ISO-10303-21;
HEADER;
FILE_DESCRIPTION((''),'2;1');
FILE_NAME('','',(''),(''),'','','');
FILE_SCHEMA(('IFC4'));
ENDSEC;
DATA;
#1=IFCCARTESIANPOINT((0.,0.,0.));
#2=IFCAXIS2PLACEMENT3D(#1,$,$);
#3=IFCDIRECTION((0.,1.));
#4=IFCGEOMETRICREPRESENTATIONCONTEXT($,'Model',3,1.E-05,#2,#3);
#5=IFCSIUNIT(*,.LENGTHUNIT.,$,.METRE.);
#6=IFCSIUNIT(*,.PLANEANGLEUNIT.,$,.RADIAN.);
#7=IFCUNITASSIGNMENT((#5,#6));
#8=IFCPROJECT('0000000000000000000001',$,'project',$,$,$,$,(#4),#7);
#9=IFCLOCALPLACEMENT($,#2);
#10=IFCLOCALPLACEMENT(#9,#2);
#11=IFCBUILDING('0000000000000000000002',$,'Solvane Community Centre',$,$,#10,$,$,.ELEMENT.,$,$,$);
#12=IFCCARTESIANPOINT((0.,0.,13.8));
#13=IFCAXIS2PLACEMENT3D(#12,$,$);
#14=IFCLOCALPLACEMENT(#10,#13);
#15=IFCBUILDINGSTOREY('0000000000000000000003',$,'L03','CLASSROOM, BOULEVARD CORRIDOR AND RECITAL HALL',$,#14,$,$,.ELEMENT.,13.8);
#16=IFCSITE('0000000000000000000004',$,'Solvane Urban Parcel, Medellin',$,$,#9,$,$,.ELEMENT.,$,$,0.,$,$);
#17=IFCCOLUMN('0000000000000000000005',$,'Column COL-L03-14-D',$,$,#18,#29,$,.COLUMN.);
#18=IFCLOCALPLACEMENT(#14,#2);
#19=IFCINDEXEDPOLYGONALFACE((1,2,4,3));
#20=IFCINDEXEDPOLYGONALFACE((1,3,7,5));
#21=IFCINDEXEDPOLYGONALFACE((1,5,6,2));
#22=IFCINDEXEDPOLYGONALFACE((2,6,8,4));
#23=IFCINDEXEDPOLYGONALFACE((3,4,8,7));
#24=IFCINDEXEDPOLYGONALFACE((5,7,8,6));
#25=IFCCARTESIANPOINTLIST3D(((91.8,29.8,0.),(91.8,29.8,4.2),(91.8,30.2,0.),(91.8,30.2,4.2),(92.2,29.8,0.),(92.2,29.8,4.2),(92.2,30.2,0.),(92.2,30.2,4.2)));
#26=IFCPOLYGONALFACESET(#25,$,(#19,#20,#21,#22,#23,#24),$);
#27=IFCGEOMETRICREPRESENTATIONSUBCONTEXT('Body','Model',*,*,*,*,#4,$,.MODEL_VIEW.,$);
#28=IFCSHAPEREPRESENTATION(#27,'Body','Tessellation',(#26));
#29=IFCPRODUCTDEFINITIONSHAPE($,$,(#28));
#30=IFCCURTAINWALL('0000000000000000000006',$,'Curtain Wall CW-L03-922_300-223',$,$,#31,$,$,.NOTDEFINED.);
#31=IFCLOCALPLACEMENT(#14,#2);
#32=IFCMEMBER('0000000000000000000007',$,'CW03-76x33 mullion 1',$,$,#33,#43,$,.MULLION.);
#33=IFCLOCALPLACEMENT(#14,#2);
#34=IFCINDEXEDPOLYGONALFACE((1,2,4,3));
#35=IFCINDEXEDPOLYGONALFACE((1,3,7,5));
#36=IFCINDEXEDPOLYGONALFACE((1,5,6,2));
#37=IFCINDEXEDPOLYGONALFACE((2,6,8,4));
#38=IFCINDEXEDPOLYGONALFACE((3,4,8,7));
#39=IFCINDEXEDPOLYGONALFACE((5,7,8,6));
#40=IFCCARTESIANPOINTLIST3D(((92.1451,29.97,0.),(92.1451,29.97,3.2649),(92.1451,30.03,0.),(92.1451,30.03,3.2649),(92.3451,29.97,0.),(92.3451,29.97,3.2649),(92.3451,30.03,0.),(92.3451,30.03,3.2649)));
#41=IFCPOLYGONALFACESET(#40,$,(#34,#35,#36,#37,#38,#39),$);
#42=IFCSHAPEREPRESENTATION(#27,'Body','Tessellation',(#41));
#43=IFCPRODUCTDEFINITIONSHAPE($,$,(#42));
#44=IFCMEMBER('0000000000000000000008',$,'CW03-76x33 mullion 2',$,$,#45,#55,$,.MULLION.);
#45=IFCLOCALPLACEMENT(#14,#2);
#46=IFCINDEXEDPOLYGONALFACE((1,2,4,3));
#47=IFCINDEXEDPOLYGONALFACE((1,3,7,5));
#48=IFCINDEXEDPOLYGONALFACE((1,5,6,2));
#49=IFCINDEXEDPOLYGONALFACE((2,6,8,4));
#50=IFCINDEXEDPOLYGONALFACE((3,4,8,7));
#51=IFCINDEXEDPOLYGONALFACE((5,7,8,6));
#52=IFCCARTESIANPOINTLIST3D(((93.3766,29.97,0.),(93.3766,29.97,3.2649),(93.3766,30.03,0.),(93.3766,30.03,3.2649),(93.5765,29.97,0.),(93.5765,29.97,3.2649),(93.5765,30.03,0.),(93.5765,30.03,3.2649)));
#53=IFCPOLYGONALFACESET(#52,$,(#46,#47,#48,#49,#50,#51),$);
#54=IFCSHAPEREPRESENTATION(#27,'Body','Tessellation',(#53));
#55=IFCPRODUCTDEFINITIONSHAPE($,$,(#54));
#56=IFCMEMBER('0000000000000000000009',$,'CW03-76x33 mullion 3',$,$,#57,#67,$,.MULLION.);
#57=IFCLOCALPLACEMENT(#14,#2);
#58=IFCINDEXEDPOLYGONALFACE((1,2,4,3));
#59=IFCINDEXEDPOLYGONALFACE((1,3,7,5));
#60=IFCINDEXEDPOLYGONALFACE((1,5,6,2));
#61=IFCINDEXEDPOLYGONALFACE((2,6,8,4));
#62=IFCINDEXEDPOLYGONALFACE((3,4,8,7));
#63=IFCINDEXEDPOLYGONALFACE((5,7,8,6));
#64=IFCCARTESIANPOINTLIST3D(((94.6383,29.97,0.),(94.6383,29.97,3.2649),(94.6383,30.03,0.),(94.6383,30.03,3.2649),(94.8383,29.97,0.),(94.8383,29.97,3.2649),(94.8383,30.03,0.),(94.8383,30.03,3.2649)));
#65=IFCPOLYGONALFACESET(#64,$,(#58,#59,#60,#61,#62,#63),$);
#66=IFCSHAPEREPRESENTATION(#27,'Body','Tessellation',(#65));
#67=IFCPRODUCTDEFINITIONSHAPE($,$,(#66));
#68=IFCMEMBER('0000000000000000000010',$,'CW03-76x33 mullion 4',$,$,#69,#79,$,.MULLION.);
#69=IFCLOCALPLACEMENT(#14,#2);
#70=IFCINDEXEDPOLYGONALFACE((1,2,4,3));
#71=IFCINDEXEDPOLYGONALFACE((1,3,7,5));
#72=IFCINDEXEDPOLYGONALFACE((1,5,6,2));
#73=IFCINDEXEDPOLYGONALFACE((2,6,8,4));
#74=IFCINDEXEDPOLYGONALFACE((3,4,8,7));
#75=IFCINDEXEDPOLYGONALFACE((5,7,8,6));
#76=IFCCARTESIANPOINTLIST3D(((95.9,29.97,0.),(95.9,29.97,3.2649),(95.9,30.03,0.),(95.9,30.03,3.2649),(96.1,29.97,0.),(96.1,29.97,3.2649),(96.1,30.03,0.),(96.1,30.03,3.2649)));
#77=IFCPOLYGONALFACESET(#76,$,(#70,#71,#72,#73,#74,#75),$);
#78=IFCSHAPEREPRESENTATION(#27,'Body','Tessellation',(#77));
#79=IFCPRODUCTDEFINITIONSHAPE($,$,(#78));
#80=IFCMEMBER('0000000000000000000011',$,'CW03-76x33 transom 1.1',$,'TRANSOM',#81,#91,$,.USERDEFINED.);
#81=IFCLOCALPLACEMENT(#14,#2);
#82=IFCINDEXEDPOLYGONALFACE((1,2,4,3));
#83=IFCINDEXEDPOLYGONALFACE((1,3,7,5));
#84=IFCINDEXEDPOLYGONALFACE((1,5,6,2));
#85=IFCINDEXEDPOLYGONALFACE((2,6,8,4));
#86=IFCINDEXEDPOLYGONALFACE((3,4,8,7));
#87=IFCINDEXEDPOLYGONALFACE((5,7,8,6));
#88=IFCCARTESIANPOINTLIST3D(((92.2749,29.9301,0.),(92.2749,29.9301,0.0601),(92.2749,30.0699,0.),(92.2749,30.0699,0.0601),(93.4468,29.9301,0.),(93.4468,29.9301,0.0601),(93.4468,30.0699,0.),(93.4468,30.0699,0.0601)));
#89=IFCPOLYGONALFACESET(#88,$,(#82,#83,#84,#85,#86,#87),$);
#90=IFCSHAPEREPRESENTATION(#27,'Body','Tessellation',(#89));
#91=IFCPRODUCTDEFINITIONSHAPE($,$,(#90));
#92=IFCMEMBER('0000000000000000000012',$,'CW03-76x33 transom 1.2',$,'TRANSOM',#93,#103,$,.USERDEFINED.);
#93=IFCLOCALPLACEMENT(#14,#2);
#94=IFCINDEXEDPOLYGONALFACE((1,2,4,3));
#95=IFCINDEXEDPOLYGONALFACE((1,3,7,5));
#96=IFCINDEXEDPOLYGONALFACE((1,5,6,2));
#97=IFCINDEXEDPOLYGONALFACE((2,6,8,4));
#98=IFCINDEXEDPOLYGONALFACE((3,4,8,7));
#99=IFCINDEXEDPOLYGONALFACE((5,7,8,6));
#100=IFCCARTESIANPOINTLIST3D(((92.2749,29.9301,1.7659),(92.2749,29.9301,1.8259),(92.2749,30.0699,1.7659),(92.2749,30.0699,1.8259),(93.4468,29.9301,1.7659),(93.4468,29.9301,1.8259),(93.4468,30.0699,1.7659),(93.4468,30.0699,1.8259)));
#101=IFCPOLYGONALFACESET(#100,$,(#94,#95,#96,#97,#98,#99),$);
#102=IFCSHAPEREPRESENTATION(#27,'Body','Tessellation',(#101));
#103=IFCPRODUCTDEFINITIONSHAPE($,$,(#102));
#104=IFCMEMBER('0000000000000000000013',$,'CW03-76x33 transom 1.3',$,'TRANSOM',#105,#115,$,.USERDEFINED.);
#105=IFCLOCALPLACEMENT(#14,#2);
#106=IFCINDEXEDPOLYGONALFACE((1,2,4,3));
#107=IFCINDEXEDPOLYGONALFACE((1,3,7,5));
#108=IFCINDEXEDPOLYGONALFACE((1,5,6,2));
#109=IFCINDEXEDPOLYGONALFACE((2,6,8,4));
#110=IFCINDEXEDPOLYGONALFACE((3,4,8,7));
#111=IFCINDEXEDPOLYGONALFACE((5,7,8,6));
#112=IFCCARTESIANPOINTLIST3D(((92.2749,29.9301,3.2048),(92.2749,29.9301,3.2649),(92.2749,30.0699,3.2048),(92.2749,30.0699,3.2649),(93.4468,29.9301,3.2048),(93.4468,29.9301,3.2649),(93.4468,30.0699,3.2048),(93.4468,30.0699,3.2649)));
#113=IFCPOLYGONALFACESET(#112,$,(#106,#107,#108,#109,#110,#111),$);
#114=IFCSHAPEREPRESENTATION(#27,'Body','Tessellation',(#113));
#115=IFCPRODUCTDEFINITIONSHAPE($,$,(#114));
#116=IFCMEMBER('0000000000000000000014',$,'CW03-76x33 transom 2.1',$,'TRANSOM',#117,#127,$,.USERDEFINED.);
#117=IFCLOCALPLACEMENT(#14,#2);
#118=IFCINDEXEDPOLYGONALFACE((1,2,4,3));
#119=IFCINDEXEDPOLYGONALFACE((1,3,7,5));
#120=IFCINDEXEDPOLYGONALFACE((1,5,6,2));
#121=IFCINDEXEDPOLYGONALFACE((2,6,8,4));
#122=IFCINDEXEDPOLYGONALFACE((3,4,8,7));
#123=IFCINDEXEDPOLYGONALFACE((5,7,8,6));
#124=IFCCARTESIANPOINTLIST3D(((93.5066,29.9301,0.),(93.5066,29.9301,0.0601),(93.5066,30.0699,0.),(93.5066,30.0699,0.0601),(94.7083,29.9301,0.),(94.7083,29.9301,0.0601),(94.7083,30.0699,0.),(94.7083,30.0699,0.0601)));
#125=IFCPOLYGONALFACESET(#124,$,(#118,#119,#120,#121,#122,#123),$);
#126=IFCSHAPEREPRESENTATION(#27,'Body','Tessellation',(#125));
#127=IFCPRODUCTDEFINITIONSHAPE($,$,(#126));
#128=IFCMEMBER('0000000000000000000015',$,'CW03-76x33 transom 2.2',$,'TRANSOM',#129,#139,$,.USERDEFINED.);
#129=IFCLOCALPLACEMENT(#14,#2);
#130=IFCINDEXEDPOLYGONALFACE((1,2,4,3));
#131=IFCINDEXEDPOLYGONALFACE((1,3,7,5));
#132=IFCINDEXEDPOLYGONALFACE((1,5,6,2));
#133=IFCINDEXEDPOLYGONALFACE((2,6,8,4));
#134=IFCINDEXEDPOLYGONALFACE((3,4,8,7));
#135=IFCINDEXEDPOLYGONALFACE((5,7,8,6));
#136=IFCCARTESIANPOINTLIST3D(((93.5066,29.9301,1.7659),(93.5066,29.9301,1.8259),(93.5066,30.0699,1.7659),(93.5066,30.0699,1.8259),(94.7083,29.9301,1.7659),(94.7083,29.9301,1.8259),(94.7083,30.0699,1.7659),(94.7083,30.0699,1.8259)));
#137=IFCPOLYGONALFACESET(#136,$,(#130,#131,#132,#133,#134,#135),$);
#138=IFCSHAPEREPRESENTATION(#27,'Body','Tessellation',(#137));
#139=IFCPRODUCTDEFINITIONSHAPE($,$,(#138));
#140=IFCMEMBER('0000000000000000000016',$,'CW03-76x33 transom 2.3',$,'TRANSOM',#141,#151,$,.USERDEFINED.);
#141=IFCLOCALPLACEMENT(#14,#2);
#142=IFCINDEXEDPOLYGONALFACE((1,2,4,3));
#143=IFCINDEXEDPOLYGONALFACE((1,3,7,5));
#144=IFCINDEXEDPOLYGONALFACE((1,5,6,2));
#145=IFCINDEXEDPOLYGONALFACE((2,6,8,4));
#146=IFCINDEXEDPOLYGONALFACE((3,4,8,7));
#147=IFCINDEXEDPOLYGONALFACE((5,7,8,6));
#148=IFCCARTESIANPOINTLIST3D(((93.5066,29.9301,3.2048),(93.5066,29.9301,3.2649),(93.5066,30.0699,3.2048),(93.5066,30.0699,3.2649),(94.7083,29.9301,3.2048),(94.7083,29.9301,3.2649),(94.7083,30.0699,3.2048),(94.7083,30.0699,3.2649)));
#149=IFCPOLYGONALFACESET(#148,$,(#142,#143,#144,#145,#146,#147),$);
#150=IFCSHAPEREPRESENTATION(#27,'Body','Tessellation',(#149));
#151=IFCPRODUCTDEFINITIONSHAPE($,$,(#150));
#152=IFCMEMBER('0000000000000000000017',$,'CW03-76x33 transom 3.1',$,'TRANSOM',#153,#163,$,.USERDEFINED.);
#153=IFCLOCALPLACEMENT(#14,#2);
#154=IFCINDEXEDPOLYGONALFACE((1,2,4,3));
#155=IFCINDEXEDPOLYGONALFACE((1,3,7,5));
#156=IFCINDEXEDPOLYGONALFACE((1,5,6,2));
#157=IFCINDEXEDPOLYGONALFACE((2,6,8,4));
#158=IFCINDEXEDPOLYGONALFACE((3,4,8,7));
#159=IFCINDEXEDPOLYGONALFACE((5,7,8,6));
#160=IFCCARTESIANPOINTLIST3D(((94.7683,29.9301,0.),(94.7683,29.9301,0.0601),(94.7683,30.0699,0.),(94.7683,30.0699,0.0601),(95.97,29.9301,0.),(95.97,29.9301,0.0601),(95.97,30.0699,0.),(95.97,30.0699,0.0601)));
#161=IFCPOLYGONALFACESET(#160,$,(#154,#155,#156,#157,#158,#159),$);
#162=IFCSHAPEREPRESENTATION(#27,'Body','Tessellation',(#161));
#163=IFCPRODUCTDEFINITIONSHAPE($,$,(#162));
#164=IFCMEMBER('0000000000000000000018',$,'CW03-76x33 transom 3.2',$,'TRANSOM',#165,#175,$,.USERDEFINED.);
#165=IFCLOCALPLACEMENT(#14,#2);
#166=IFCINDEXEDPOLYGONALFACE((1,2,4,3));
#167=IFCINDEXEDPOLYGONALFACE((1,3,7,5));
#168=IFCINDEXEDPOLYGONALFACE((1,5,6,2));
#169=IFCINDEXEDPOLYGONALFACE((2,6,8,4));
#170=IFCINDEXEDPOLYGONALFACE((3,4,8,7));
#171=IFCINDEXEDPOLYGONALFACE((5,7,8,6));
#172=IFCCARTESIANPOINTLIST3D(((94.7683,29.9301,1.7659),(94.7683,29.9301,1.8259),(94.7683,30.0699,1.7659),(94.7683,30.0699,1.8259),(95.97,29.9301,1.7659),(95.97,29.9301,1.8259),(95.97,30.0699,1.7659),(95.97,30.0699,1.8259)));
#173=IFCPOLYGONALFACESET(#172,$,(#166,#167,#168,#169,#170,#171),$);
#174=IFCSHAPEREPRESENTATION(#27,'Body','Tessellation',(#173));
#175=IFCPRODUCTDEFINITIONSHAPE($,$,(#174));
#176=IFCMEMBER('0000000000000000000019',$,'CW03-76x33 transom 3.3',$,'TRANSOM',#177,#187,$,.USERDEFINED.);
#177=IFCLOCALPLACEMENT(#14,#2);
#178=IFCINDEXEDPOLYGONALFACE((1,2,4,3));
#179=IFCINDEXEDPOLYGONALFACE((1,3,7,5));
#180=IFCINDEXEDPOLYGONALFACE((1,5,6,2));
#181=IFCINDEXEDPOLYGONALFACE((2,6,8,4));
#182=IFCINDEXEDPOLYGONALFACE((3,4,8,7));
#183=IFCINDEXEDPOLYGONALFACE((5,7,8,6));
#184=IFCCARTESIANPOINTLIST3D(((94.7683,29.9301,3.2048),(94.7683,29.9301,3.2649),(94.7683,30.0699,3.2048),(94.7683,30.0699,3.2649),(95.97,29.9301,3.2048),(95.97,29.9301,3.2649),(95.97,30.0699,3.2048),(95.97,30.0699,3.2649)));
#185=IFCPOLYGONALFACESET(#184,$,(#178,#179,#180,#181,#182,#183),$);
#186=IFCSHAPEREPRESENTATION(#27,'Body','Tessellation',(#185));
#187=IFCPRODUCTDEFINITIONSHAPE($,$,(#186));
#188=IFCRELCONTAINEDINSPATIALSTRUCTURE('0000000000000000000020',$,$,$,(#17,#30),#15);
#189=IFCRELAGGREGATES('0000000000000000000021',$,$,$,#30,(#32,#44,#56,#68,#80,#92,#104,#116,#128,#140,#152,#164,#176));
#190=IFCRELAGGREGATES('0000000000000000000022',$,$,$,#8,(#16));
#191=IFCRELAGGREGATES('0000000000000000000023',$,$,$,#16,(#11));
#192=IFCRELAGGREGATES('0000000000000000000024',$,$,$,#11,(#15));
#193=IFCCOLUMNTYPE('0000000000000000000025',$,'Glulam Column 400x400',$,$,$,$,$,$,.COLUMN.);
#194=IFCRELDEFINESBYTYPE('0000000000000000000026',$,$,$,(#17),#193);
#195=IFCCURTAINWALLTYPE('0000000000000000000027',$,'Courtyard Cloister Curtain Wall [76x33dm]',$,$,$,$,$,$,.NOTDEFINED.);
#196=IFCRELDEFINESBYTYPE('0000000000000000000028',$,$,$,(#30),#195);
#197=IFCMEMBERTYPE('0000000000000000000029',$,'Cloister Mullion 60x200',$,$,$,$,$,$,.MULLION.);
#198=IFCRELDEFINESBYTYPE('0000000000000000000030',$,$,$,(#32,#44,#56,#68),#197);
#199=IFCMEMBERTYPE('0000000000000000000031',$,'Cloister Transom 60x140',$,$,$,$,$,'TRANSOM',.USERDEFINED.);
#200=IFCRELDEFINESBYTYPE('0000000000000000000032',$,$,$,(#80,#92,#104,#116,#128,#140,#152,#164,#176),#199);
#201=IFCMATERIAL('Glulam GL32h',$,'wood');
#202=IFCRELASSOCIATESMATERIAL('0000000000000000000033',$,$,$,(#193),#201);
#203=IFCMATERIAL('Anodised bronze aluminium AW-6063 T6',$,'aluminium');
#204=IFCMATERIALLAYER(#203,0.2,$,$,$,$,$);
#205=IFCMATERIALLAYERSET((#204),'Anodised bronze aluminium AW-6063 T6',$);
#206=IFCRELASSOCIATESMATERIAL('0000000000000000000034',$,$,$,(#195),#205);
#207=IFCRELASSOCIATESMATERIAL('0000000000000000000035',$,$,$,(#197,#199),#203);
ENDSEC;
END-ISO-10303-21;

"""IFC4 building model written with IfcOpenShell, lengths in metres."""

from ifc_helpers import new_model, si_unit, direction, frame, origin, origin_2d, place, context, subcontext, project, spatial, rectangle, extrude, material, layer, layer_set, material_profile, profile_set, type_object, element, aggregate, save


model = new_model("IFC4")

# Units and contexts
model_context = context("Model", 3, precision=1e-05, world=origin(), true_north=direction((0.0, 1.0)))
body_context = subcontext(model_context, "Body", "Model", "MODEL_VIEW")
ifc_project = project(units=[si_unit("LENGTHUNIT", "METRE"), si_unit("PLANEANGLEUNIT", "RADIAN")], contexts=[model_context])

# Site, building, storey
site_placement = place(None, origin())
site = spatial("IfcSite", under=ifc_project, at=site_placement, Name="Solvane Urban Parcel, Medellin", CompositionType="ELEMENT", RefElevation=0.0)
building_placement = place(site_placement, origin())
building = spatial("IfcBuilding", under=site, at=building_placement, Name="Solvane Community Centre", CompositionType="ELEMENT")
storey_placement = place(building_placement, frame((0.0, 0.0, 13.8)))
storey = spatial("IfcBuildingStorey", under=building, at=storey_placement, Name="L03", Description="CLASSROOM, BOULEVARD CORRIDOR AND RECITAL HALL", CompositionType="ELEMENT", Elevation=13.8)

# Column
ifc_material_1 = material(Name="Glulam GL32h", Category="wood")
ifc_material_profile_1 = material_profile(ifc_material_1, rectangle(XDim=0.3999, YDim=0.3999, at=origin_2d()), Name="GL32h 400x400")
ifc_profile_set_1 = profile_set([ifc_material_profile_1], Name="Glulam GL32h")
column_type = type_object("IfcColumnType", Name="Glulam Column 400x400", PredefinedType="COLUMN", material=ifc_profile_set_1)
column_placement = place(storey_placement, frame((92.0, 30.0, 0.0), z_axis=(0.0, 0.0, 1.0), x_axis=(1.0, 0.0, 0.0)))
element("IfcColumn", 1, at=column_placement, inside=storey, type_object=column_type, Name="Column COL-L03-14-D", PredefinedType="COLUMN", context=body_context, shape_type="SweptSolid", body=[
    extrude(rectangle(XDim=0.3999, YDim=0.3999, at=origin_2d()), origin(), (0.0, 0.0, 1.0), 4.2),
])

# Curtain wall, members
ifc_material_2 = material(Name="Anodised bronze aluminium AW-6063 T6", Category="aluminium")
ifc_layer_1 = layer(ifc_material_2, 0.2)
ifc_layer_set_1 = layer_set([ifc_layer_1], Name="Anodised bronze aluminium AW-6063 T6")
curtain_wall_type = type_object("IfcCurtainWallType", Name="Courtyard Cloister Curtain Wall [76x33dm]", PredefinedType="NOTDEFINED", material=ifc_layer_set_1)
curtain_wall_placement = place(storey_placement, origin())
curtain_wall = element("IfcCurtainWall", 2, at=curtain_wall_placement, inside=storey, type_object=curtain_wall_type, Name="Curtain Wall CW-L03-922_300-223", PredefinedType="NOTDEFINED")
ifc_material_profile_2 = material_profile(ifc_material_2, rectangle(XDim=0.0601, YDim=0.2, at=origin_2d()), Name="CW-M 60x200")
ifc_profile_set_2 = profile_set([ifc_material_profile_2], Name="Anodised bronze aluminium AW-6063 T6")
member_type_1 = type_object("IfcMemberType", Name="Cloister Mullion 60x200", PredefinedType="MULLION", material=ifc_profile_set_2)
member_1_placement = place(storey_placement, frame((92.2451, 30.0, 0.0), z_axis=(0.0, 0.0, 1.0), x_axis=(0.0, 1.0, 0.0)))
member_1 = element("IfcMember", 3, at=member_1_placement, type_object=member_type_1, Name="CW03-76x33 mullion 1", PredefinedType="MULLION", context=body_context, shape_type="SweptSolid", body=[
    extrude(rectangle(XDim=0.0601, YDim=0.2, at=origin_2d()), origin(), (0.0, 0.0, 1.0), 3.2649),
])
member_2_placement = place(storey_placement, frame((93.4766, 30.0, 0.0), z_axis=(0.0, 0.0, 1.0), x_axis=(0.0, 1.0, 0.0)))
member_2 = element("IfcMember", 4, at=member_2_placement, type_object=member_type_1, Name="CW03-76x33 mullion 2", PredefinedType="MULLION", context=body_context, shape_type="SweptSolid", body=[
    extrude(rectangle(XDim=0.0601, YDim=0.2, at=origin_2d()), origin(), (0.0, 0.0, 1.0), 3.2649),
])
member_3_placement = place(storey_placement, frame((94.7383, 30.0, 0.0), z_axis=(0.0, 0.0, 1.0), x_axis=(0.0, 1.0, 0.0)))
member_3 = element("IfcMember", 5, at=member_3_placement, type_object=member_type_1, Name="CW03-76x33 mullion 3", PredefinedType="MULLION", context=body_context, shape_type="SweptSolid", body=[
    extrude(rectangle(XDim=0.0601, YDim=0.2, at=origin_2d()), origin(), (0.0, 0.0, 1.0), 3.2649),
])
member_4_placement = place(storey_placement, frame((96.0, 30.0, 0.0), z_axis=(0.0, 0.0, 1.0), x_axis=(0.0, 1.0, 0.0)))
member_4 = element("IfcMember", 6, at=member_4_placement, type_object=member_type_1, Name="CW03-76x33 mullion 4", PredefinedType="MULLION", context=body_context, shape_type="SweptSolid", body=[
    extrude(rectangle(XDim=0.0601, YDim=0.2, at=origin_2d()), origin(), (0.0, 0.0, 1.0), 3.2649),
])
ifc_material_profile_3 = material_profile(ifc_material_2, rectangle(XDim=0.1399, YDim=0.0601, at=origin_2d()), Name="CW-T 60x140")
ifc_profile_set_3 = profile_set([ifc_material_profile_3], Name="Anodised bronze aluminium AW-6063 T6")
member_type_2 = type_object("IfcMemberType", Name="Cloister Transom 60x140", ElementType="TRANSOM", PredefinedType="USERDEFINED", material=ifc_profile_set_3)
member_5_placement = place(storey_placement, frame((92.2749, 30.0, 0.03), z_axis=(1.0, 0.0, 0.0), x_axis=(0.0, 1.0, 0.0)))
member_5 = element("IfcMember", 7, at=member_5_placement, type_object=member_type_2, Name="CW03-76x33 transom 1.1", ObjectType="TRANSOM", PredefinedType="USERDEFINED", context=body_context, shape_type="SweptSolid", body=[
    extrude(rectangle(XDim=0.1399, YDim=0.0601, at=origin_2d()), origin(), (0.0, 0.0, 1.0), 1.1719),
])
member_6_placement = place(storey_placement, frame((92.2749, 30.0, 1.7959), z_axis=(1.0, 0.0, 0.0), x_axis=(0.0, 1.0, 0.0)))
member_6 = element("IfcMember", 8, at=member_6_placement, type_object=member_type_2, Name="CW03-76x33 transom 1.2", ObjectType="TRANSOM", PredefinedType="USERDEFINED", context=body_context, shape_type="SweptSolid", body=[
    extrude(rectangle(XDim=0.1399, YDim=0.0601, at=origin_2d()), origin(), (0.0, 0.0, 1.0), 1.1719),
])
member_7_placement = place(storey_placement, frame((92.2749, 30.0, 3.2349), z_axis=(1.0, 0.0, 0.0), x_axis=(0.0, 1.0, 0.0)))
member_7 = element("IfcMember", 9, at=member_7_placement, type_object=member_type_2, Name="CW03-76x33 transom 1.3", ObjectType="TRANSOM", PredefinedType="USERDEFINED", context=body_context, shape_type="SweptSolid", body=[
    extrude(rectangle(XDim=0.1399, YDim=0.0601, at=origin_2d()), origin(), (0.0, 0.0, 1.0), 1.1719),
])
member_8_placement = place(storey_placement, frame((93.5066, 30.0, 0.03), z_axis=(1.0, 0.0, 0.0), x_axis=(0.0, 1.0, 0.0)))
member_8 = element("IfcMember", 10, at=member_8_placement, type_object=member_type_2, Name="CW03-76x33 transom 2.1", ObjectType="TRANSOM", PredefinedType="USERDEFINED", context=body_context, shape_type="SweptSolid", body=[
    extrude(rectangle(XDim=0.1399, YDim=0.0601, at=origin_2d()), origin(), (0.0, 0.0, 1.0), 1.2017),
])
member_9_placement = place(storey_placement, frame((93.5066, 30.0, 1.7959), z_axis=(1.0, 0.0, 0.0), x_axis=(0.0, 1.0, 0.0)))
member_9 = element("IfcMember", 11, at=member_9_placement, type_object=member_type_2, Name="CW03-76x33 transom 2.2", ObjectType="TRANSOM", PredefinedType="USERDEFINED", context=body_context, shape_type="SweptSolid", body=[
    extrude(rectangle(XDim=0.1399, YDim=0.0601, at=origin_2d()), origin(), (0.0, 0.0, 1.0), 1.2017),
])
member_10_placement = place(storey_placement, frame((93.5066, 30.0, 3.2349), z_axis=(1.0, 0.0, 0.0), x_axis=(0.0, 1.0, 0.0)))
member_10 = element("IfcMember", 12, at=member_10_placement, type_object=member_type_2, Name="CW03-76x33 transom 2.3", ObjectType="TRANSOM", PredefinedType="USERDEFINED", context=body_context, shape_type="SweptSolid", body=[
    extrude(rectangle(XDim=0.1399, YDim=0.0601, at=origin_2d()), origin(), (0.0, 0.0, 1.0), 1.2017),
])
member_11_placement = place(storey_placement, frame((94.7683, 30.0, 0.03), z_axis=(1.0, 0.0, 0.0), x_axis=(0.0, 1.0, 0.0)))
member_11 = element("IfcMember", 13, at=member_11_placement, type_object=member_type_2, Name="CW03-76x33 transom 3.1", ObjectType="TRANSOM", PredefinedType="USERDEFINED", context=body_context, shape_type="SweptSolid", body=[
    extrude(rectangle(XDim=0.1399, YDim=0.0601, at=origin_2d()), origin(), (0.0, 0.0, 1.0), 1.2017),
])
member_12_placement = place(storey_placement, frame((94.7683, 30.0, 1.7959), z_axis=(1.0, 0.0, 0.0), x_axis=(0.0, 1.0, 0.0)))
member_12 = element("IfcMember", 14, at=member_12_placement, type_object=member_type_2, Name="CW03-76x33 transom 3.2", ObjectType="TRANSOM", PredefinedType="USERDEFINED", context=body_context, shape_type="SweptSolid", body=[
    extrude(rectangle(XDim=0.1399, YDim=0.0601, at=origin_2d()), origin(), (0.0, 0.0, 1.0), 1.2017),
])
member_13_placement = place(storey_placement, frame((94.7683, 30.0, 3.2349), z_axis=(1.0, 0.0, 0.0), x_axis=(0.0, 1.0, 0.0)))
member_13 = element("IfcMember", 15, at=member_13_placement, type_object=member_type_2, Name="CW03-76x33 transom 3.3", ObjectType="TRANSOM", PredefinedType="USERDEFINED", context=body_context, shape_type="SweptSolid", body=[
    extrude(rectangle(XDim=0.1399, YDim=0.0601, at=origin_2d()), origin(), (0.0, 0.0, 1.0), 1.2017),
])

aggregate(curtain_wall, [member_1, member_2, member_3, member_4, member_5, member_6, member_7, member_8, member_9, member_10, member_11, member_12, member_13])

save(model, "model.ifc")
